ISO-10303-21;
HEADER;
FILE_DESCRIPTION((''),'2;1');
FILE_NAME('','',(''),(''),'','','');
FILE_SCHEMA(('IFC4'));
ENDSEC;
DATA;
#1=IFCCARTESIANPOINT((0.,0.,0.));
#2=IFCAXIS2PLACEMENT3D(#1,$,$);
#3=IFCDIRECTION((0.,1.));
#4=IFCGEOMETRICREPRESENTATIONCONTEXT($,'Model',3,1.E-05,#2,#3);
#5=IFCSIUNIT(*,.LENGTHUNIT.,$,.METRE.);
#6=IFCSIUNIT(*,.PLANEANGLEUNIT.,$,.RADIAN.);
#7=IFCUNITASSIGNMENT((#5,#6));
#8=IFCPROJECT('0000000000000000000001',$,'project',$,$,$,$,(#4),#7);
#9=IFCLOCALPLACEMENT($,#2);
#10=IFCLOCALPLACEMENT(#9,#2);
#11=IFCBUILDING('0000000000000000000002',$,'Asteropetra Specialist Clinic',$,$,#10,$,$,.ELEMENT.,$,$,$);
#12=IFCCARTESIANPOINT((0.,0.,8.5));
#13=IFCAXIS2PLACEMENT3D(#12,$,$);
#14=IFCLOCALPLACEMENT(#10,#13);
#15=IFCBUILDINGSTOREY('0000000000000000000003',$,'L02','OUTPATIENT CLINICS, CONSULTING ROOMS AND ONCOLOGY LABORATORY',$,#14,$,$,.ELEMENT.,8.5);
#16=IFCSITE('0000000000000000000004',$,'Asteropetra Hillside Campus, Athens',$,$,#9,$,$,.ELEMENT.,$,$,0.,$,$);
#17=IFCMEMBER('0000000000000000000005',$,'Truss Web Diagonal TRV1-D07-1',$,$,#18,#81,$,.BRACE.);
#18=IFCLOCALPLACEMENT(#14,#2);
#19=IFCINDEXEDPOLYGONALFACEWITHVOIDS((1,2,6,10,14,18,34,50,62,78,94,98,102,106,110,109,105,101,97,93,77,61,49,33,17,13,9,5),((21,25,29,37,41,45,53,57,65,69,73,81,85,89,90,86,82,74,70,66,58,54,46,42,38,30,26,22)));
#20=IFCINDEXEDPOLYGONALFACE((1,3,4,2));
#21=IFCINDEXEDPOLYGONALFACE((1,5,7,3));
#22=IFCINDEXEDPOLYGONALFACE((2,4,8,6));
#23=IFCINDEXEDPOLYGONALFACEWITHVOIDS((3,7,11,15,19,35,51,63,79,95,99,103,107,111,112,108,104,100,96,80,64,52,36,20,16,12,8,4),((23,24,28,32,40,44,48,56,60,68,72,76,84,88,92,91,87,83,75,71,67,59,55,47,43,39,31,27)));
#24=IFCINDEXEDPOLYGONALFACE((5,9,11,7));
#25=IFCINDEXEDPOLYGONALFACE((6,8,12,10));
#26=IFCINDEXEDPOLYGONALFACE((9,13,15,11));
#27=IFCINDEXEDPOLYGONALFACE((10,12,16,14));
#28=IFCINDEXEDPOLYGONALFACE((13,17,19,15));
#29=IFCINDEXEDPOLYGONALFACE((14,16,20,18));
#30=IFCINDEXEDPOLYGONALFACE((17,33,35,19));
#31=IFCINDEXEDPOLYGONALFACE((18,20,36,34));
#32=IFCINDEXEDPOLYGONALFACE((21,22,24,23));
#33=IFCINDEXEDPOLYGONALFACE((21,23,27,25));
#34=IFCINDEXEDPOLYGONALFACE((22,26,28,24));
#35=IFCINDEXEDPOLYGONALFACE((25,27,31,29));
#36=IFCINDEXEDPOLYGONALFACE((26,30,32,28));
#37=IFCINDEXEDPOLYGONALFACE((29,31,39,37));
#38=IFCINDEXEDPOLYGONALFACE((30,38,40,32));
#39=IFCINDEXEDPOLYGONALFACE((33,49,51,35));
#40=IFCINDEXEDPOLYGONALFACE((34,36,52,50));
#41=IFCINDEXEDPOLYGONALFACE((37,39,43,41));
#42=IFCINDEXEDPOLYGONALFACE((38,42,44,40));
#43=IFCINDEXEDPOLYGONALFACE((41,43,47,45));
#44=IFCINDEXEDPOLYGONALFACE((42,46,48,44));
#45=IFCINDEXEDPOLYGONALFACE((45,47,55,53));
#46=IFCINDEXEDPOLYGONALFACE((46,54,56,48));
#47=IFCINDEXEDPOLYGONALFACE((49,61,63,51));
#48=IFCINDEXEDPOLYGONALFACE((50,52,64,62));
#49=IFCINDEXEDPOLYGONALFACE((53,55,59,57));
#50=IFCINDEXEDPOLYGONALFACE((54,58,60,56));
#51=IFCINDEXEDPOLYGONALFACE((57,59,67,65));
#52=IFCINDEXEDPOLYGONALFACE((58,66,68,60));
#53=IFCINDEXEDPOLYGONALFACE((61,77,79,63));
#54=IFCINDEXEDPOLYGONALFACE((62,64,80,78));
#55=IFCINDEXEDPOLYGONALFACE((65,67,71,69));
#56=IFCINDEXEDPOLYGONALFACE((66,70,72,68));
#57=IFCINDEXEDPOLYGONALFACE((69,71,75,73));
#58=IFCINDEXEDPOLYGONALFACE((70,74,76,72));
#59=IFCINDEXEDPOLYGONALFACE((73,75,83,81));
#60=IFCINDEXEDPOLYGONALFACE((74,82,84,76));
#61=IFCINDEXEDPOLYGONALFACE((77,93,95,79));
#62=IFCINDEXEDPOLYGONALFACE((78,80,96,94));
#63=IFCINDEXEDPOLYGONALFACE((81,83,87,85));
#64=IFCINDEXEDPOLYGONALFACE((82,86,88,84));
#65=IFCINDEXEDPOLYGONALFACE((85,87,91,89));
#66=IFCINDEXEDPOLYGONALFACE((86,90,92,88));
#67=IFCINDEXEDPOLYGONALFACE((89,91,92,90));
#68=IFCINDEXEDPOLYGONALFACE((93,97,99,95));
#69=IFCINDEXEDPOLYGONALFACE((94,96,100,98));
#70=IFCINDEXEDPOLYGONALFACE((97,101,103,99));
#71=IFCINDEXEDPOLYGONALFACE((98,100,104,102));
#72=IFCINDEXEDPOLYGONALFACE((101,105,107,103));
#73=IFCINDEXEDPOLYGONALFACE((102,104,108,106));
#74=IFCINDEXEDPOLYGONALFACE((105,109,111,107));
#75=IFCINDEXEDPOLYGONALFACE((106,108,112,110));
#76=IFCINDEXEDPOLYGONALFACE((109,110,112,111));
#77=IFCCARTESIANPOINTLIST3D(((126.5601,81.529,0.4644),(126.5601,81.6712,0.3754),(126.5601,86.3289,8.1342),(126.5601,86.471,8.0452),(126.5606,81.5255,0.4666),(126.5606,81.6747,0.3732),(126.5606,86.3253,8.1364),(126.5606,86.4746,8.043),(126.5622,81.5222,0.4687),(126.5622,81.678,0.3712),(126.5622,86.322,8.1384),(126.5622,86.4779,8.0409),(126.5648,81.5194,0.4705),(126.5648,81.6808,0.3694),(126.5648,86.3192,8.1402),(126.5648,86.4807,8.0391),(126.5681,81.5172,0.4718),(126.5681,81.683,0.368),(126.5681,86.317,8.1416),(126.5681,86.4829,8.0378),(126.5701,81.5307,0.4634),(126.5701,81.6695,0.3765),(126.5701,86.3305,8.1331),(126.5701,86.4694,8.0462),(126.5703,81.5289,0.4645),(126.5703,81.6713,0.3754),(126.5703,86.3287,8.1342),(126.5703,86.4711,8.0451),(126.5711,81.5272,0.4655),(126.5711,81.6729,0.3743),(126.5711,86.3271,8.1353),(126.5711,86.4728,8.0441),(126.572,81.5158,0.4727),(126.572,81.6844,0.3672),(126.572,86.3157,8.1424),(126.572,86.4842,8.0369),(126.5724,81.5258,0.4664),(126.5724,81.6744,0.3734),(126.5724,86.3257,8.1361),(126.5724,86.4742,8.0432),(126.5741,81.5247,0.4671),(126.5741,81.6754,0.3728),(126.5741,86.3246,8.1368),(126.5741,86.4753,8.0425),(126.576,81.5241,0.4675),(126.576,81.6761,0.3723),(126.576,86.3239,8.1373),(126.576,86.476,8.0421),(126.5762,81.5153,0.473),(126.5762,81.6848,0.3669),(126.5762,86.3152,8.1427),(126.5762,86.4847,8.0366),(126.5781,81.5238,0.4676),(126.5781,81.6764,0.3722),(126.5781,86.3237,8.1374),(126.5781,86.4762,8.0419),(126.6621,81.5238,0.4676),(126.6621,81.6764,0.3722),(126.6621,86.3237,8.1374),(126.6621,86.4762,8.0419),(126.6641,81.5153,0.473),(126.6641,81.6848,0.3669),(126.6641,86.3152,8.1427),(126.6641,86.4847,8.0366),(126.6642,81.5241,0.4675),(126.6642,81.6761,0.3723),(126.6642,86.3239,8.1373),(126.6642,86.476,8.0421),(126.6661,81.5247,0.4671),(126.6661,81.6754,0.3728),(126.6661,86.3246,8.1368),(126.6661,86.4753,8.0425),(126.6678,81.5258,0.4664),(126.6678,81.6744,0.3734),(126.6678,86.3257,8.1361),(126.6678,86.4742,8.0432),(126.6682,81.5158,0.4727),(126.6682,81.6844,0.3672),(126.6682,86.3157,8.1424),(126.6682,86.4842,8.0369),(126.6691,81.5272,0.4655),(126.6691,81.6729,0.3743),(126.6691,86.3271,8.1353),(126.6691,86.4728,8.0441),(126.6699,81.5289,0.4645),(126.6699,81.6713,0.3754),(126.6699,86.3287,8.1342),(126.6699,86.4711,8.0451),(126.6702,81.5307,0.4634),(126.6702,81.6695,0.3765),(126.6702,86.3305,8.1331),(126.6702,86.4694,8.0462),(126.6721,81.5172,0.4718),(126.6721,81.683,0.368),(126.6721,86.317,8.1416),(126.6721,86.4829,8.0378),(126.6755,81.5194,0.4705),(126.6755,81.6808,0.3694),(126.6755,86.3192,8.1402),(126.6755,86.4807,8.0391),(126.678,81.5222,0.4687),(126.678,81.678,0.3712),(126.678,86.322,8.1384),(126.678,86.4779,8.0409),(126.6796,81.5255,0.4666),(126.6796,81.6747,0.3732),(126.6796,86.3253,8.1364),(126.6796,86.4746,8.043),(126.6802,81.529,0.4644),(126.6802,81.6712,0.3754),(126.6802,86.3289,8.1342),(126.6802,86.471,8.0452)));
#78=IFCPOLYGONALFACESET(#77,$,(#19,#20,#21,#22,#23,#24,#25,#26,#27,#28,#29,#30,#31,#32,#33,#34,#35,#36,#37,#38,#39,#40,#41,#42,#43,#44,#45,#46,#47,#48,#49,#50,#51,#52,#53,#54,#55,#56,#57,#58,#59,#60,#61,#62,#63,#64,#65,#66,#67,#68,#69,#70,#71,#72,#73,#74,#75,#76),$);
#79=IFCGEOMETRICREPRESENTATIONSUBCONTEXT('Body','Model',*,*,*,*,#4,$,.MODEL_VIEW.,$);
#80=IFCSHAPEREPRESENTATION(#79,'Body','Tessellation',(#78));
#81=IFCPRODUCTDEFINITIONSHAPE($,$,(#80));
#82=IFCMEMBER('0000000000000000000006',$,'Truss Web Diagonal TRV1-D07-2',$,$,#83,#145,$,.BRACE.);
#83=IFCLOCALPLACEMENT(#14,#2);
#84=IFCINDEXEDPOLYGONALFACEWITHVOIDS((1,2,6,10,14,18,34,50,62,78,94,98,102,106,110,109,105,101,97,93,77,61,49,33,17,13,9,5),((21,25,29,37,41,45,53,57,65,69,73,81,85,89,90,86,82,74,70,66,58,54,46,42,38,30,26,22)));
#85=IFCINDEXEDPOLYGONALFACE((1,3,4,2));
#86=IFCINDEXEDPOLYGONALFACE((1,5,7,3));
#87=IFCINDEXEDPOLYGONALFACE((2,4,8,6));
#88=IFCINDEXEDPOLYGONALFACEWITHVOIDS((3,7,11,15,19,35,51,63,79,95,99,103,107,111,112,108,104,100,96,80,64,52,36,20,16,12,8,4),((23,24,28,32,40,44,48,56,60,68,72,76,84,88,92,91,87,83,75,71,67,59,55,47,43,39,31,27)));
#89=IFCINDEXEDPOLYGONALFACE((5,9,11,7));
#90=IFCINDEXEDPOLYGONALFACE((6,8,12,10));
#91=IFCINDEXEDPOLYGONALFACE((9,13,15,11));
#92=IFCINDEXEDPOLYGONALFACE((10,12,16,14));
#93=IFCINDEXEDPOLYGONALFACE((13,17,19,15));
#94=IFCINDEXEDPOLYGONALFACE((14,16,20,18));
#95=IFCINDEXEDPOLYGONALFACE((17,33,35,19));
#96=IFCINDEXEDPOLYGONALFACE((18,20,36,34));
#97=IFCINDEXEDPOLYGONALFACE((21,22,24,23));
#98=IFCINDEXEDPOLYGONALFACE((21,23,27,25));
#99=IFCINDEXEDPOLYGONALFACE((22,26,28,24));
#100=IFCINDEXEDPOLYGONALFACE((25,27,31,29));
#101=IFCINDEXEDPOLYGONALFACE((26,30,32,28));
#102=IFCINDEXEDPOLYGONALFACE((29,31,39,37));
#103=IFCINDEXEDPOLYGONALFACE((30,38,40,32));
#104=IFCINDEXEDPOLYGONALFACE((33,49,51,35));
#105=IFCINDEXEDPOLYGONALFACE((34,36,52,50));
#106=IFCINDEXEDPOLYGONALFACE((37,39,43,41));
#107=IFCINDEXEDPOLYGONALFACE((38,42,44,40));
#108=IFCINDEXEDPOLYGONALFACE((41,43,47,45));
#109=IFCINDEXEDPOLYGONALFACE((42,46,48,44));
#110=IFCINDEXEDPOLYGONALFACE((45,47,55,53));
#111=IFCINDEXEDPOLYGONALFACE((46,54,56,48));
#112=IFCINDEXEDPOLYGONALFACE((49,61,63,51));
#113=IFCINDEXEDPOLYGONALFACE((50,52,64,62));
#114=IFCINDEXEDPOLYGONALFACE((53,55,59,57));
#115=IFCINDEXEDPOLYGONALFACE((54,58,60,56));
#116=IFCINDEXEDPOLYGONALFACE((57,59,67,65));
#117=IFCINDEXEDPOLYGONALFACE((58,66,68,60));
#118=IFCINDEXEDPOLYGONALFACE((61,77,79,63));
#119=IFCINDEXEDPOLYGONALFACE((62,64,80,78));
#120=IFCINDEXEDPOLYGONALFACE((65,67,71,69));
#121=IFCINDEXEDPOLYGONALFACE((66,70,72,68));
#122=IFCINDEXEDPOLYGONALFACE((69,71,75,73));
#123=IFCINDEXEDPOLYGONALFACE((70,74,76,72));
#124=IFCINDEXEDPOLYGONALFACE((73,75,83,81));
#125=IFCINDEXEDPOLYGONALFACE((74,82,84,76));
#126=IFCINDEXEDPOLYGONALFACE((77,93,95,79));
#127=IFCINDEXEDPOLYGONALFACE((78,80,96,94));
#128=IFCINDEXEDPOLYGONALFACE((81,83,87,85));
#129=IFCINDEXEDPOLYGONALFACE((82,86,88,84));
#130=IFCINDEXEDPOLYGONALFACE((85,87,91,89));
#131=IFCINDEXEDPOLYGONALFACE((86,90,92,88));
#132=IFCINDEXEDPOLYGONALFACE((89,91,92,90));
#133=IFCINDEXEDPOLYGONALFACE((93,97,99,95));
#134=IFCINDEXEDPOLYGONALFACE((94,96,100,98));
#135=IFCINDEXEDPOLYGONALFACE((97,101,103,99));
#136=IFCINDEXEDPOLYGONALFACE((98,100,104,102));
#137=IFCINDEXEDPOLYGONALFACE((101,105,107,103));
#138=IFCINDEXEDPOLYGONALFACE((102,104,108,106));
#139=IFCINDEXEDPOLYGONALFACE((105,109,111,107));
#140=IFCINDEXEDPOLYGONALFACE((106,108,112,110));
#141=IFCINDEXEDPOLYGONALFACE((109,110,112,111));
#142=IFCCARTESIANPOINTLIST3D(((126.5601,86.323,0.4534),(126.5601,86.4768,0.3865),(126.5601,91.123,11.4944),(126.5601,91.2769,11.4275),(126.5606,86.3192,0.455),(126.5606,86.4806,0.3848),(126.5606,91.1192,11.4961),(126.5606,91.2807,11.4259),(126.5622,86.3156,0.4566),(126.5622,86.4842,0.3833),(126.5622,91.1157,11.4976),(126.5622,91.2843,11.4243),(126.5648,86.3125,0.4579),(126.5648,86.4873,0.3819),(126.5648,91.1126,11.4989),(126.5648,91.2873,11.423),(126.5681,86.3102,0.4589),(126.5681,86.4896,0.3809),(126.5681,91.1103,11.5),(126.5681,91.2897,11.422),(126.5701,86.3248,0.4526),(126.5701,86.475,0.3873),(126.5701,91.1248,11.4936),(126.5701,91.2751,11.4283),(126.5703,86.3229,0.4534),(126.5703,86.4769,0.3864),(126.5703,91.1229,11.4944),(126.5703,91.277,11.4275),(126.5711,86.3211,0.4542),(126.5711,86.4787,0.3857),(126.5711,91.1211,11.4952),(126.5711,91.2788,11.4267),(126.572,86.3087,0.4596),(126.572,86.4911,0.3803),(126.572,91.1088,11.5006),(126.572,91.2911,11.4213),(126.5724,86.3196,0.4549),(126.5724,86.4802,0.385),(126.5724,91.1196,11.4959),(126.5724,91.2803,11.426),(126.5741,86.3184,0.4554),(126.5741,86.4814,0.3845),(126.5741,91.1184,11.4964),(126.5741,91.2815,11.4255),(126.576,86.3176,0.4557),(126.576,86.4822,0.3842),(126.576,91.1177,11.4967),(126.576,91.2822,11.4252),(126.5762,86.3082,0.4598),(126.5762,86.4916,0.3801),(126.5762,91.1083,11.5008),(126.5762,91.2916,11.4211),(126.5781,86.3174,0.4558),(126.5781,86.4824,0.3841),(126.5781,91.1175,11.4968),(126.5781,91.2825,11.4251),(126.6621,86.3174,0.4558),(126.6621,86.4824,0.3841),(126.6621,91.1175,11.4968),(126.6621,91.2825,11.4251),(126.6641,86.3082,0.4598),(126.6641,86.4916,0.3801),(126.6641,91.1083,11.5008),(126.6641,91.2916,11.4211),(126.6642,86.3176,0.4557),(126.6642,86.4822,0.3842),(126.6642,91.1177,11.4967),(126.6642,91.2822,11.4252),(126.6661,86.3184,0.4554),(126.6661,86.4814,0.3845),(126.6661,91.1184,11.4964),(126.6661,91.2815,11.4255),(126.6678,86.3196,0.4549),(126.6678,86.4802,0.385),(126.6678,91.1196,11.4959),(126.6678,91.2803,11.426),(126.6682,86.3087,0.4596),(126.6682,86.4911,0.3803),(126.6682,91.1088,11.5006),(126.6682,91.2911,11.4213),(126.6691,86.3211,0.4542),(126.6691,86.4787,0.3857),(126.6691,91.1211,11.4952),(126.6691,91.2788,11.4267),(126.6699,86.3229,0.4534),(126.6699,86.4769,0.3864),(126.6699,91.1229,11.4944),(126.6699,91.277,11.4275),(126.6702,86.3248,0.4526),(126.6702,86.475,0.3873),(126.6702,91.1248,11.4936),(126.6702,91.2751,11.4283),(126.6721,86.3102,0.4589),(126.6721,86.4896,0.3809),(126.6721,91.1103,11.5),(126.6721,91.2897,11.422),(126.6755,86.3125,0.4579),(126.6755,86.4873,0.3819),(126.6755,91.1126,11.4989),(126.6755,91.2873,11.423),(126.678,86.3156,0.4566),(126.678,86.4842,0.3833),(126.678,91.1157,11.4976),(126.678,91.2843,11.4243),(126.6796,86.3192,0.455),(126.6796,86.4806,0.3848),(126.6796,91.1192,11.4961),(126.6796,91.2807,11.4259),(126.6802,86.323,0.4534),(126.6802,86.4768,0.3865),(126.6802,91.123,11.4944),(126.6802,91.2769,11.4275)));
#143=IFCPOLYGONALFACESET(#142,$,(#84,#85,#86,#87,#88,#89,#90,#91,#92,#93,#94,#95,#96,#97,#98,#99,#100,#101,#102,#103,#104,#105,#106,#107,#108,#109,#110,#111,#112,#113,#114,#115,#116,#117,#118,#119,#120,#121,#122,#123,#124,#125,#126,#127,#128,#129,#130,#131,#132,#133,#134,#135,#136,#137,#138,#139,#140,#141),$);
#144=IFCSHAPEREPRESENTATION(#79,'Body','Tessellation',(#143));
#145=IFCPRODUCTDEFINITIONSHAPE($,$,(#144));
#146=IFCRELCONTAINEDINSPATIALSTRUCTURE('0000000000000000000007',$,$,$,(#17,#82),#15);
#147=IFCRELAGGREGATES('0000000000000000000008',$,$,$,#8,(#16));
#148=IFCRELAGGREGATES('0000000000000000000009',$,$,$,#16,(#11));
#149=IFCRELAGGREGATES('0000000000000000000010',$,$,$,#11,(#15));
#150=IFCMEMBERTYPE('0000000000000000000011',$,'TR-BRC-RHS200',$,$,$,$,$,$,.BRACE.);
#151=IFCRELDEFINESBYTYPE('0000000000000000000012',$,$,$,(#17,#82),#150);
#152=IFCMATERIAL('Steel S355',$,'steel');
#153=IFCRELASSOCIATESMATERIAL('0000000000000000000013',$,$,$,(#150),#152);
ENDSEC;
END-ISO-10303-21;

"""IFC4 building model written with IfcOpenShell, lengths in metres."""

from ifc_helpers import new_model, si_unit, direction, frame, origin, origin_2d, place, context, subcontext, project, spatial, hollow_rectangle, extrude, material, material_profile, profile_set, type_object, element, save


model = new_model("IFC4")

# Units and contexts
model_context = context("Model", 3, precision=1e-05, world=origin(), true_north=direction((0.0, 1.0)))
body_context = subcontext(model_context, "Body", "Model", "MODEL_VIEW")
ifc_project = project(units=[si_unit("LENGTHUNIT", "METRE"), si_unit("PLANEANGLEUNIT", "RADIAN")], contexts=[model_context])

# Site, building, storey
site_placement = place(None, origin())
site = spatial("IfcSite", under=ifc_project, at=site_placement, Name="Asteropetra Hillside Campus, Athens", CompositionType="ELEMENT", RefElevation=0.0)
building_placement = place(site_placement, origin())
building = spatial("IfcBuilding", under=site, at=building_placement, Name="Asteropetra Specialist Clinic", CompositionType="ELEMENT")
storey_placement = place(building_placement, frame((0.0, 0.0, 8.5)))
storey = spatial("IfcBuildingStorey", under=building, at=storey_placement, Name="L02", Description="OUTPATIENT CLINICS, CONSULTING ROOMS AND ONCOLOGY LABORATORY", CompositionType="ELEMENT", Elevation=8.5)

# Members
ifc_material_1 = material(Name="Steel S355", Category="steel")
ifc_material_profile_1 = material_profile(ifc_material_1, hollow_rectangle(XDim=0.1201, YDim=0.2, WallThickness=0.01, InnerFilletRadius=0.0081, OuterFilletRadius=0.0161, at=origin_2d()), Name="RHS 200x120x10.0")
ifc_profile_set_1 = profile_set([ifc_material_profile_1], Name="Steel S355")
member_type_1 = type_object("IfcMemberType", Name="TR-BRC-RHS200", PredefinedType="BRACE", material=ifc_profile_set_1)
member_1_placement = place(storey_placement, frame((126.6201, 81.6001, 0.4199), z_axis=(0.0, 0.530496, 0.847687), x_axis=(-1.0, 0.0, 0.0)))
element("IfcMember", 1, at=member_1_placement, inside=storey, type_object=member_type_1, Name="Truss Web Diagonal TRV1-D07-1", PredefinedType="BRACE", context=body_context, shape_type="SweptSolid", body=[
    extrude(hollow_rectangle(XDim=0.1201, YDim=0.2, WallThickness=0.01, InnerFilletRadius=0.0081, OuterFilletRadius=0.0161, at=origin_2d()), origin(), (0.0, 0.0, 1.0), 9.0479),
])
for number, where, z_axis, x_axis, name in (
    (2, (126.6201, 86.3999, 0.4199), (0.0, 0.398699, 0.917082), (-1.0, 0.0, 0.0), "Truss Web Diagonal TRV1-D07-2"),
):
    element("IfcMember", number, at=place(storey_placement, frame(where, z_axis=z_axis, x_axis=x_axis)), inside=storey, type_object=member_type_1, Name=name, PredefinedType="BRACE", context=body_context, shape_type="SweptSolid", body=[
        extrude(hollow_rectangle(XDim=0.1201, YDim=0.2, WallThickness=0.01, InnerFilletRadius=0.0081, OuterFilletRadius=0.0161, at=origin_2d()), origin(), (0.0, 0.0, 1.0), 12.0393),
    ])

save(model, "model.ifc")
